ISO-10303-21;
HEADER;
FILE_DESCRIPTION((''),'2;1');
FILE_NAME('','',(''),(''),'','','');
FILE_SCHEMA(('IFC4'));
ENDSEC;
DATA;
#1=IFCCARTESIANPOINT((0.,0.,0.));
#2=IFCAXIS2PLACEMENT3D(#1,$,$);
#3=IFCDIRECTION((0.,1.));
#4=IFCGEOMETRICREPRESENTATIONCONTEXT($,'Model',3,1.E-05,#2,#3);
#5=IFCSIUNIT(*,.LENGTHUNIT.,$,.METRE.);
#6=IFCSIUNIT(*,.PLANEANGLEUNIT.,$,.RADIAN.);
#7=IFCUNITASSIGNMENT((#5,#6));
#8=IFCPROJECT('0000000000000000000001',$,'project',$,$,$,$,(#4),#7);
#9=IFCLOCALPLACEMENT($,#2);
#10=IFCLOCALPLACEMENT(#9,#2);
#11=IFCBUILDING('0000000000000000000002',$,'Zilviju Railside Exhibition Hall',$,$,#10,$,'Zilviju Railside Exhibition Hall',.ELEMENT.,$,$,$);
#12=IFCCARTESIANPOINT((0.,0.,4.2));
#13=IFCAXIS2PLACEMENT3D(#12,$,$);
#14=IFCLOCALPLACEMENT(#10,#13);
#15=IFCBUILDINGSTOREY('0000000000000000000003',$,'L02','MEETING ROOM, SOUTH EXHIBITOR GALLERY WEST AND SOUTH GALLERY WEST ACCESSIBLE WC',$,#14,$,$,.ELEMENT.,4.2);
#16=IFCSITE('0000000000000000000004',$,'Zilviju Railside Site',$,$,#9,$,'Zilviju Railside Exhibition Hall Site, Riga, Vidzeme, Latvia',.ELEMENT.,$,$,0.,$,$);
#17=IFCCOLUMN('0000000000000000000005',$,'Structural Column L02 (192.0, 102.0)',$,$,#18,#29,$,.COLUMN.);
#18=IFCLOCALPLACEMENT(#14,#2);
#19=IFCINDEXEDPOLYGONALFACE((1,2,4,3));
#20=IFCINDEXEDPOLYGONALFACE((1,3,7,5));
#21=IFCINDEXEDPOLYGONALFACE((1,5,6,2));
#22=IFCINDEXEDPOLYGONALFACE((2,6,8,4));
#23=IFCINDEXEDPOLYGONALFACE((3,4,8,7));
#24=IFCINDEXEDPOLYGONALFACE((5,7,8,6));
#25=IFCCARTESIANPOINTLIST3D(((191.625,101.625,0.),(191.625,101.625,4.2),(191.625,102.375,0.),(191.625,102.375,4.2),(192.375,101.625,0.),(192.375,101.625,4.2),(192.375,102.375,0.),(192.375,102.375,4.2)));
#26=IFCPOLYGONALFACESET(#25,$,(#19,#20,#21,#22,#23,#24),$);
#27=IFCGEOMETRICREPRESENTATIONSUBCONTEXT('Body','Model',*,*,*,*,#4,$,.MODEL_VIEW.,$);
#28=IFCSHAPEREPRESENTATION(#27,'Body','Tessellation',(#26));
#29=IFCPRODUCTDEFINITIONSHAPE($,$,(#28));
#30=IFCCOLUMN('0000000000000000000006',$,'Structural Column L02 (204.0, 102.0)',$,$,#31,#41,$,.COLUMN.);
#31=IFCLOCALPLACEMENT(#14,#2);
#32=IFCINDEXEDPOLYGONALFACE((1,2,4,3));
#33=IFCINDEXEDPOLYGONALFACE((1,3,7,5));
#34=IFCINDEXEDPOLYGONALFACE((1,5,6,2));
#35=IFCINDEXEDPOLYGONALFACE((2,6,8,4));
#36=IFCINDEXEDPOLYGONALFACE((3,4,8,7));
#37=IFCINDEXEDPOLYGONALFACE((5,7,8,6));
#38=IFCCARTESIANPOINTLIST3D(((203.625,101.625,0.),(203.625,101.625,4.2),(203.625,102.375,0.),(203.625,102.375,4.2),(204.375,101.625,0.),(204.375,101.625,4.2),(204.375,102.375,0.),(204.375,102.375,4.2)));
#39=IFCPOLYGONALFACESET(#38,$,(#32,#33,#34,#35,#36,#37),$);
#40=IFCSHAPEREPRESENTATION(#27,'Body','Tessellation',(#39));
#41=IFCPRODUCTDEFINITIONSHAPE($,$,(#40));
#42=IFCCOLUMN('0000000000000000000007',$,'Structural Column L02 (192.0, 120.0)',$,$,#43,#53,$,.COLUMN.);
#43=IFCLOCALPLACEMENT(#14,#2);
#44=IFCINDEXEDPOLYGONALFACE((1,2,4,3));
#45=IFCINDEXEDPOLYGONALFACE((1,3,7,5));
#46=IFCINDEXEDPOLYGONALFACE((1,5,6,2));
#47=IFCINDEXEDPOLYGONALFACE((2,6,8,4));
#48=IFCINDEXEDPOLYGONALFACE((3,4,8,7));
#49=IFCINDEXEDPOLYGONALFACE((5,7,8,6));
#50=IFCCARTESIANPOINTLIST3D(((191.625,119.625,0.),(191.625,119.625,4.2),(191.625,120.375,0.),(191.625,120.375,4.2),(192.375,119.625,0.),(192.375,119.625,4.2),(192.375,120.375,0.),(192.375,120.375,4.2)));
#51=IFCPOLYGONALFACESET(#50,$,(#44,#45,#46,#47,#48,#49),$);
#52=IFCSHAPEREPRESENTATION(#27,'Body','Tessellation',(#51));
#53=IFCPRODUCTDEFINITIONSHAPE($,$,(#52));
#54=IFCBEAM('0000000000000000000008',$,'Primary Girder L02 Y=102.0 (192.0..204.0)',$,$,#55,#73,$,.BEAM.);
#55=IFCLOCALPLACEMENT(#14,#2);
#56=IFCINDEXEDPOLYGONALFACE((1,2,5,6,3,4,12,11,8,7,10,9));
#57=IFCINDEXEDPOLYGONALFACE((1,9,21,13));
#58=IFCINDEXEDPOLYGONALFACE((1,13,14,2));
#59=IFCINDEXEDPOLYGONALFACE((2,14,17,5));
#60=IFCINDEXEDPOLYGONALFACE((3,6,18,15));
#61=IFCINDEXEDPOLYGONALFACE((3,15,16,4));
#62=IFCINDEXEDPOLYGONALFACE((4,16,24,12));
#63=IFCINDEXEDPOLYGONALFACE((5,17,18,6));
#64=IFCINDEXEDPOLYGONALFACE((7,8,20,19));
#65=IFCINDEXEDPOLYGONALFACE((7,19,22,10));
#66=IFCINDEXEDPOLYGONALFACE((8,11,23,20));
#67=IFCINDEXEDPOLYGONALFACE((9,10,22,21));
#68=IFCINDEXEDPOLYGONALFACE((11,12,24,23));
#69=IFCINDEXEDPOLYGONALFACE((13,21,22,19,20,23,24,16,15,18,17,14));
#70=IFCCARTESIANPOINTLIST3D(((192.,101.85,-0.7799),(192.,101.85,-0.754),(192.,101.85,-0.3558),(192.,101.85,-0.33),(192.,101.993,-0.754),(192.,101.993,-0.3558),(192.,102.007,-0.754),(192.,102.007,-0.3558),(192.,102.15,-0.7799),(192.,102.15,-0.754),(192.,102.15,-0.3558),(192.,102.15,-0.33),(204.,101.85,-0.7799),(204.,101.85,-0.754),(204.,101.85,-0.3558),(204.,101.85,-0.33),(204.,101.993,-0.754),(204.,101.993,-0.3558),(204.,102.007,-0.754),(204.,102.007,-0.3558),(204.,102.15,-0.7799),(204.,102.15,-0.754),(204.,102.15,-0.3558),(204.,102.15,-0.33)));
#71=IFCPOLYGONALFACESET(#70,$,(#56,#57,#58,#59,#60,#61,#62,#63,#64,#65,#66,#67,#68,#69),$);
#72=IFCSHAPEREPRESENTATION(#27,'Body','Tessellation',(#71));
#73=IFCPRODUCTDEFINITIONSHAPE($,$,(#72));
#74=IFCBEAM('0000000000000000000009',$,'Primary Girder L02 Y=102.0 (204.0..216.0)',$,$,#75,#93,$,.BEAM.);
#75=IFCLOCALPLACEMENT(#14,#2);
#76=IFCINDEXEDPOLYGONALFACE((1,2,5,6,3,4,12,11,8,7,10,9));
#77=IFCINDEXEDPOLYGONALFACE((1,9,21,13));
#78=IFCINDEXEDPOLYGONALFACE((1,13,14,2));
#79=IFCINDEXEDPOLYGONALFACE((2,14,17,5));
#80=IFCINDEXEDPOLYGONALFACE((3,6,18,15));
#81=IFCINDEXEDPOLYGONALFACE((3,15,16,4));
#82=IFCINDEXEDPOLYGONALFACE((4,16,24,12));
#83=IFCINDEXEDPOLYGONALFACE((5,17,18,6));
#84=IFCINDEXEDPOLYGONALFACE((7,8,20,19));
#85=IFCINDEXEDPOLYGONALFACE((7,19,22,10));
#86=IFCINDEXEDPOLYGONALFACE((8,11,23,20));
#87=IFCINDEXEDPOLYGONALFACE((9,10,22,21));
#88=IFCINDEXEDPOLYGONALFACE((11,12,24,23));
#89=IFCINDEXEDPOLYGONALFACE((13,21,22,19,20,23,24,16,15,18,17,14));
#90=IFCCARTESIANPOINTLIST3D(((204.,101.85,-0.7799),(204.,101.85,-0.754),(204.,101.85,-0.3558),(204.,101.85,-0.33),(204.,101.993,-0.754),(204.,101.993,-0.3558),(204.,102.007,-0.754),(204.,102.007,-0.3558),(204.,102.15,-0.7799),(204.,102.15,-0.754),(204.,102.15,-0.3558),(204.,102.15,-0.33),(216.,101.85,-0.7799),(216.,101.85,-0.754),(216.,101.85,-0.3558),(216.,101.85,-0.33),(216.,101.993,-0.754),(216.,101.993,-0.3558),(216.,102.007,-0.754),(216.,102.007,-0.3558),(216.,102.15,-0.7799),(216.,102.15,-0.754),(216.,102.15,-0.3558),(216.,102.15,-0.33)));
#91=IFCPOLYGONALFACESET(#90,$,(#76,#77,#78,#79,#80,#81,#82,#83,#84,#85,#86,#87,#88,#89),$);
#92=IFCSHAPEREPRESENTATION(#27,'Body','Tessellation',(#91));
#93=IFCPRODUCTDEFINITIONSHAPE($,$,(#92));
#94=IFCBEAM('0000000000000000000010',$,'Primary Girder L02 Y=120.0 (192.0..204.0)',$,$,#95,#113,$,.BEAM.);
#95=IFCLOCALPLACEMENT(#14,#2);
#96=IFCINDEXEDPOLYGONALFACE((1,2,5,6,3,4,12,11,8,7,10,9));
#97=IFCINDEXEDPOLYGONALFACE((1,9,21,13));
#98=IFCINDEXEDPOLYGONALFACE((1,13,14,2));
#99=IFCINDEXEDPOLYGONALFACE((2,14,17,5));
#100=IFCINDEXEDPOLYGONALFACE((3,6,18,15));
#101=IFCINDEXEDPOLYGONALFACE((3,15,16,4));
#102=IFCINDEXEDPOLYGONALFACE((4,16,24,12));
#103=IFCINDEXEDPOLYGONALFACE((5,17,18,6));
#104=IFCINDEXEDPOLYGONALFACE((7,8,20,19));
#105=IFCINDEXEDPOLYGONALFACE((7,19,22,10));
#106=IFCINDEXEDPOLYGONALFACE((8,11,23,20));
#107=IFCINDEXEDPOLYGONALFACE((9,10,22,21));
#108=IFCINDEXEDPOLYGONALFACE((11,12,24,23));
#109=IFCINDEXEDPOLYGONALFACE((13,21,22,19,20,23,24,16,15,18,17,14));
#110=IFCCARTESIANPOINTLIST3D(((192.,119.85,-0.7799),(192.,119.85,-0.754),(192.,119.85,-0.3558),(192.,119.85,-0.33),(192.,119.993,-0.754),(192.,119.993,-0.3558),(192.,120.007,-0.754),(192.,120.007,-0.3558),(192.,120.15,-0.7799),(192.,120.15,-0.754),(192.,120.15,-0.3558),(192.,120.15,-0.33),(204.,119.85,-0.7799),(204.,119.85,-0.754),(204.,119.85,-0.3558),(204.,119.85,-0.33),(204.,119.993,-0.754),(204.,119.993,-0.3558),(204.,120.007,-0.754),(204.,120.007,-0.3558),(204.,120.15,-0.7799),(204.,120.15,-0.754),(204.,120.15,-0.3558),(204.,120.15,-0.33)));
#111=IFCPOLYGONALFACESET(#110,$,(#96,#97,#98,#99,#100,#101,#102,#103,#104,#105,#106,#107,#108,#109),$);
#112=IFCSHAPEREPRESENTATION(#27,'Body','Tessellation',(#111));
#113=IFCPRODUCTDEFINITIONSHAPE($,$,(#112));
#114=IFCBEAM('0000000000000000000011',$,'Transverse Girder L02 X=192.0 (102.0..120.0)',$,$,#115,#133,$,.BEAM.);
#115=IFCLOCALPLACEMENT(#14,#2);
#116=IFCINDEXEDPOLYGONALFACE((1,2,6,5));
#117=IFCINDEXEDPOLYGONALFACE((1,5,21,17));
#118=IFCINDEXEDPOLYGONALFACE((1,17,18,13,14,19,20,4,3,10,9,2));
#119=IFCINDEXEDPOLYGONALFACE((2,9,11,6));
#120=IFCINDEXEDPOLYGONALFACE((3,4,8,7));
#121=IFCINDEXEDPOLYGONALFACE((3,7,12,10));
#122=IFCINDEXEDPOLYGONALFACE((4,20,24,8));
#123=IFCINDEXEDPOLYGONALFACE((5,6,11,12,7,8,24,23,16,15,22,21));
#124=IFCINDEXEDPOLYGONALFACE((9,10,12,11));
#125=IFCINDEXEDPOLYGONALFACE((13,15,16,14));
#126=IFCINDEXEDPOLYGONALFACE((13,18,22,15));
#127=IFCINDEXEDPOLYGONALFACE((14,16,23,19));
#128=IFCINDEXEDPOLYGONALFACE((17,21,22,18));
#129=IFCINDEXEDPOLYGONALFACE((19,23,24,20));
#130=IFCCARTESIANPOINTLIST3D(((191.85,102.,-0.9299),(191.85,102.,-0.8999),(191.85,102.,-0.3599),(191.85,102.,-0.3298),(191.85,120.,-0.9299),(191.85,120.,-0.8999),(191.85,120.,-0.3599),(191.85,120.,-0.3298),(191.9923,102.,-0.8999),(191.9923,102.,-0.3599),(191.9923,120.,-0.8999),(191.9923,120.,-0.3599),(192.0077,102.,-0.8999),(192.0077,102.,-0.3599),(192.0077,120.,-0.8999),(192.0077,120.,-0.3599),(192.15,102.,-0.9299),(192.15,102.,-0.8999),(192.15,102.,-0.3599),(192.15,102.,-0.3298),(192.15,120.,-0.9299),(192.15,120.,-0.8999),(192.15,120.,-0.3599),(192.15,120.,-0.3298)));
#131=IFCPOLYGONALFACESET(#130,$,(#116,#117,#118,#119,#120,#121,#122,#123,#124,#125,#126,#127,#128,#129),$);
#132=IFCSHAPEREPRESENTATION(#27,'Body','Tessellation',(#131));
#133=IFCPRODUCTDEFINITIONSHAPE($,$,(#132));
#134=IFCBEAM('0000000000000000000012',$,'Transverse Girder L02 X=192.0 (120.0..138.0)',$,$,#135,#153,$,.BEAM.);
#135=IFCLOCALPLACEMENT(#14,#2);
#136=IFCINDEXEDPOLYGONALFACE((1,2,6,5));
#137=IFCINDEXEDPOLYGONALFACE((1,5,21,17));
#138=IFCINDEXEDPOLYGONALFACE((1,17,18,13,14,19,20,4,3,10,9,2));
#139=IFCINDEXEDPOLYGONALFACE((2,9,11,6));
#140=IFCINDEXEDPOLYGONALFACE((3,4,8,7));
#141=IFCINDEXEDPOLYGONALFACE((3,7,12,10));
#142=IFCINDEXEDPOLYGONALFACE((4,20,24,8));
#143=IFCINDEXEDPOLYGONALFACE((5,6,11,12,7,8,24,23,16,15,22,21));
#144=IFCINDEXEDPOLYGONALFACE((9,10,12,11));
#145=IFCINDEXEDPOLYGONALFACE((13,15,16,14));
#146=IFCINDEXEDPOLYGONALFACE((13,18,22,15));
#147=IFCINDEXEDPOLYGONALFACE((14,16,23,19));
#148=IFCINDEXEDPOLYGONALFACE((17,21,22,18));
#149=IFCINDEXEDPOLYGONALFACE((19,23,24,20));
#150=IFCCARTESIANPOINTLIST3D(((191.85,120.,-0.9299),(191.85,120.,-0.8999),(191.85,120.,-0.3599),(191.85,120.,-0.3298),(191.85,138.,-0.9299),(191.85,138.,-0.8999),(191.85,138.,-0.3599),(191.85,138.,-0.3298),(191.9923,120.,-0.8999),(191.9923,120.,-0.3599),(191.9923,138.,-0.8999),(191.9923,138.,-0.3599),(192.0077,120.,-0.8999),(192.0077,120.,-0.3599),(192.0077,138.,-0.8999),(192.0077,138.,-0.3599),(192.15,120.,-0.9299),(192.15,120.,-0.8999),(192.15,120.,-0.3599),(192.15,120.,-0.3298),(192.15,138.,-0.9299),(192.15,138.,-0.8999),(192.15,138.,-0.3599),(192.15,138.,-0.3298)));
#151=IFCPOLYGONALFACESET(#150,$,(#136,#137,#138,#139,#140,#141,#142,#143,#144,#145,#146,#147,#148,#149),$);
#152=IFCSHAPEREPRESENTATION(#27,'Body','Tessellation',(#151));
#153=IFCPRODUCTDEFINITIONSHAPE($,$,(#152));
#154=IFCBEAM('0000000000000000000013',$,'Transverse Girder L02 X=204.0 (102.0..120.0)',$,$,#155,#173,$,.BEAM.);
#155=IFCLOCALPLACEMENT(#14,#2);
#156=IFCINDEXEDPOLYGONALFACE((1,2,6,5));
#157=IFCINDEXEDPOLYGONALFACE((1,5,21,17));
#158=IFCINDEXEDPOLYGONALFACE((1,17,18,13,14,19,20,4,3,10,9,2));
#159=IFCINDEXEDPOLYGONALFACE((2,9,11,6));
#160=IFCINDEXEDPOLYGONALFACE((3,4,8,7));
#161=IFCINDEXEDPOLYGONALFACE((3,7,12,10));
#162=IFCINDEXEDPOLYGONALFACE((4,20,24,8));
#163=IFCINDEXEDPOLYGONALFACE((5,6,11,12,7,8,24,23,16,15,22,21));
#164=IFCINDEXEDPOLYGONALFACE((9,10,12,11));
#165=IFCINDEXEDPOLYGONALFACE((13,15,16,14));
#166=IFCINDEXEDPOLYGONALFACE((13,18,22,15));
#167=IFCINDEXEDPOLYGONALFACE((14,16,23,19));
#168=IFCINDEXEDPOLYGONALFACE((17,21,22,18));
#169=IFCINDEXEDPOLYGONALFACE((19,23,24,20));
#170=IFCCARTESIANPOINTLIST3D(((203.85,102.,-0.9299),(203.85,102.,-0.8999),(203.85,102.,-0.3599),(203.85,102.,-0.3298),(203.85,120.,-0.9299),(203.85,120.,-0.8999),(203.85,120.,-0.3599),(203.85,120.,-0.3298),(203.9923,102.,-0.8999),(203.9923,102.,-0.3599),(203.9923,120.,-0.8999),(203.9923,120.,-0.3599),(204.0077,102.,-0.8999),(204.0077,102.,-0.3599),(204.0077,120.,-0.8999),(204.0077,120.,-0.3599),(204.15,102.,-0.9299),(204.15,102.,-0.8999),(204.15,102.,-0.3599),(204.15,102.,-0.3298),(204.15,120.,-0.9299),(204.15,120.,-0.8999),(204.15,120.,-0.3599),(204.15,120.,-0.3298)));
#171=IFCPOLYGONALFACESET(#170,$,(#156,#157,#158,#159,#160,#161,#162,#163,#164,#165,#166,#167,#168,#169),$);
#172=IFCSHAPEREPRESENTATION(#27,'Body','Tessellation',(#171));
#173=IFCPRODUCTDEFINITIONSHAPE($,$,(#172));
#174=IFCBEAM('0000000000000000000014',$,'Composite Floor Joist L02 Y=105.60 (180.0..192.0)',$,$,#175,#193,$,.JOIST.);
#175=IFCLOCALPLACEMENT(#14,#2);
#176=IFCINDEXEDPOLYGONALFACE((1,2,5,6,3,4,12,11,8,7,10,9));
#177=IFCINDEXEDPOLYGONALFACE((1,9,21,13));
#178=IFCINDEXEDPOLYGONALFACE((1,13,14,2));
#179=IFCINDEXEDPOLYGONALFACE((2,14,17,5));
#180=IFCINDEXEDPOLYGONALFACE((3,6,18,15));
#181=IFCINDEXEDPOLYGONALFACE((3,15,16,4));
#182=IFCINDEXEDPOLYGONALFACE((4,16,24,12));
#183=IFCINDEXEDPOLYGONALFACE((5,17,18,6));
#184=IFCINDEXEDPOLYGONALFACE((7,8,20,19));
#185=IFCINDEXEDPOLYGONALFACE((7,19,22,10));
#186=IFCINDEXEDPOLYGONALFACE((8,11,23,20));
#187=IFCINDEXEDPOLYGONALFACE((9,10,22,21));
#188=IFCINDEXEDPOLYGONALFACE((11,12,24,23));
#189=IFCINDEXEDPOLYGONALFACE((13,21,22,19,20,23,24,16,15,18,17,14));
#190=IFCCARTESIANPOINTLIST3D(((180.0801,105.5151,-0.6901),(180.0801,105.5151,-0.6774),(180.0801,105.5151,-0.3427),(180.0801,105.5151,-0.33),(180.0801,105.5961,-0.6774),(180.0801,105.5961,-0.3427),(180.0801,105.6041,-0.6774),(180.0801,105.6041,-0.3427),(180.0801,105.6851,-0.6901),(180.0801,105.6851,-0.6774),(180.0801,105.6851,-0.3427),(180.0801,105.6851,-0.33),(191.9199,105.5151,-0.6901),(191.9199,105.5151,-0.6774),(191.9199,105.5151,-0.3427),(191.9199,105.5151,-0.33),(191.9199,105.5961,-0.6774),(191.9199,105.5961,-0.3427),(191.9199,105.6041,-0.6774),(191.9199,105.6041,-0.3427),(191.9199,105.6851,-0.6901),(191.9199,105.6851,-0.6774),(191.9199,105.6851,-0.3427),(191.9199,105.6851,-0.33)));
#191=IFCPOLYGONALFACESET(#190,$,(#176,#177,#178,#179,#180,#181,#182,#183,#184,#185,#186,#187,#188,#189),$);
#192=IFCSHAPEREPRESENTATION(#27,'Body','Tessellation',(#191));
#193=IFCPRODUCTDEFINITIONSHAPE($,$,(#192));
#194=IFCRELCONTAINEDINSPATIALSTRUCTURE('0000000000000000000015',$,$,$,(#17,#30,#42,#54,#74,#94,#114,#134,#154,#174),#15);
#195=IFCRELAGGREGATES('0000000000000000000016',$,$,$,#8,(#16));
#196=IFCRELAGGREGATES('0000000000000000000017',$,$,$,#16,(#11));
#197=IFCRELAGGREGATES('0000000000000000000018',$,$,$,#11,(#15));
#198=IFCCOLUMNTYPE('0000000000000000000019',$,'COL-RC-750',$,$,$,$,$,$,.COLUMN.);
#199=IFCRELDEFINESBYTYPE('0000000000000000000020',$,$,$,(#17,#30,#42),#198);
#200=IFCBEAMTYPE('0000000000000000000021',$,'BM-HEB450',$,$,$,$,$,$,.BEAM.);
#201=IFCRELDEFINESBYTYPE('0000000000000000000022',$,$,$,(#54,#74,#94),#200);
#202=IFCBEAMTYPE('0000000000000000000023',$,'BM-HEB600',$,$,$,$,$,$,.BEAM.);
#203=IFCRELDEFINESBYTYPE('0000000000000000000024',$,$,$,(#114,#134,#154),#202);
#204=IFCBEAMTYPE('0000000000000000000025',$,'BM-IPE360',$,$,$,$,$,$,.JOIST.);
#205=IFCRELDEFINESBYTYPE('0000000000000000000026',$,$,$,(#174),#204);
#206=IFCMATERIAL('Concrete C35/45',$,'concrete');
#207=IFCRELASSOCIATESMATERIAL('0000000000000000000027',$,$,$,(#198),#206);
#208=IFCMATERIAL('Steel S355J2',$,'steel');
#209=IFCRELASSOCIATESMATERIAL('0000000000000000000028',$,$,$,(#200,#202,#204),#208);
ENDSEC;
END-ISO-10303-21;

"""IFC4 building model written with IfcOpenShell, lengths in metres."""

from ifc_helpers import new_model, si_unit, direction, frame, origin, origin_2d, place, context, subcontext, project, spatial, rectangle, i_section, extrude, material, material_profile, profile_set, type_object, element, save


model = new_model("IFC4")

# Units and contexts
model_context = context("Model", 3, precision=1e-05, world=origin(), true_north=direction((0.0, 1.0)))
body_context = subcontext(model_context, "Body", "Model", "MODEL_VIEW")
ifc_project = project(units=[si_unit("LENGTHUNIT", "METRE"), si_unit("PLANEANGLEUNIT", "RADIAN")], contexts=[model_context])

# Site, building, storey
site_placement = place(None, origin())
site = spatial("IfcSite", under=ifc_project, at=site_placement, Name="Zilviju Railside Site", LongName="Zilviju Railside Exhibition Hall Site, Riga, Vidzeme, Latvia", CompositionType="ELEMENT", RefElevation=0.0)
building_placement = place(site_placement, origin())
building = spatial("IfcBuilding", under=site, at=building_placement, Name="Zilviju Railside Exhibition Hall", LongName="Zilviju Railside Exhibition Hall", CompositionType="ELEMENT")
storey_placement = place(building_placement, frame((0.0, 0.0, 4.2)))
storey = spatial("IfcBuildingStorey", under=building, at=storey_placement, Name="L02", Description="MEETING ROOM, SOUTH EXHIBITOR GALLERY WEST AND SOUTH GALLERY WEST ACCESSIBLE WC", CompositionType="ELEMENT", Elevation=4.2)

# Columns
ifc_material_1 = material(Name="Concrete C35/45", Category="concrete")
ifc_material_profile_1 = material_profile(ifc_material_1, rectangle(XDim=0.75, YDim=0.75, at=origin_2d()), Name="RC COL 750x750")
ifc_profile_set_1 = profile_set([ifc_material_profile_1], Name="Concrete C35/45")
column_type = type_object("IfcColumnType", Name="COL-RC-750", PredefinedType="COLUMN", material=ifc_profile_set_1)
for number, where, z_axis, x_axis, name in (
    (1, (192.0, 102.0, 0.0), (0.0, 0.0, 1.0), (1.0, 0.0, 0.0), "Structural Column L02 (192.0, 102.0)"),
    (2, (204.0, 102.0, 0.0), (0.0, 0.0, 1.0), (1.0, 0.0, 0.0), "Structural Column L02 (204.0, 102.0)"),
    (3, (192.0, 120.0, 0.0), (0.0, 0.0, 1.0), (1.0, 0.0, 0.0), "Structural Column L02 (192.0, 120.0)"),
):
    element("IfcColumn", number, at=place(storey_placement, frame(where, z_axis=z_axis, x_axis=x_axis)), inside=storey, type_object=column_type, Name=name, PredefinedType="COLUMN", context=body_context, shape_type="SweptSolid", body=[
        extrude(rectangle(XDim=0.75, YDim=0.75, at=origin_2d()), origin(), (0.0, 0.0, 1.0), 4.2),
    ])

# Beams
ifc_material_2 = material(Name="Steel S355J2", Category="steel")
ifc_material_profile_2 = material_profile(ifc_material_2, i_section(OverallWidth=0.3, OverallDepth=0.45, WebThickness=0.0139, FlangeThickness=0.0259, at=origin_2d()), Name="HEB 450")
ifc_profile_set_2 = profile_set([ifc_material_profile_2], Name="Steel S355J2")
beam_type_1 = type_object("IfcBeamType", Name="BM-HEB450", PredefinedType="BEAM", material=ifc_profile_set_2)
for number, where, z_axis, x_axis, name in (
    (4, (192.0, 102.0, -0.5549), (1.0, 0.0, 0.0), (0.0, 1.0, 0.0), "Primary Girder L02 Y=102.0 (192.0..204.0)"),
    (5, (204.0, 102.0, -0.5549), (1.0, 0.0, 0.0), (0.0, 1.0, 0.0), "Primary Girder L02 Y=102.0 (204.0..216.0)"),
    (6, (192.0, 120.0, -0.5549), (1.0, 0.0, 0.0), (0.0, 1.0, 0.0), "Primary Girder L02 Y=120.0 (192.0..204.0)"),
):
    element("IfcBeam", number, at=place(storey_placement, frame(where, z_axis=z_axis, x_axis=x_axis)), inside=storey, type_object=beam_type_1, Name=name, PredefinedType="BEAM", context=body_context, shape_type="SweptSolid", body=[
        extrude(i_section(OverallWidth=0.3, OverallDepth=0.45, WebThickness=0.0139, FlangeThickness=0.0259, at=origin_2d()), origin(), (0.0, 0.0, 1.0), 12.0),
    ])
ifc_material_profile_3 = material_profile(ifc_material_2, i_section(OverallWidth=0.3, OverallDepth=0.6001, WebThickness=0.0154, FlangeThickness=0.03, at=origin_2d()), Name="HEB 600")
ifc_profile_set_3 = profile_set([ifc_material_profile_3], Name="Steel S355J2")
beam_type_2 = type_object("IfcBeamType", Name="BM-HEB600", PredefinedType="BEAM", material=ifc_profile_set_3)
for number, where, z_axis, x_axis, name in (
    (7, (192.0, 102.0, -0.6299), (0.0, 1.0, 0.0), (-1.0, 0.0, 0.0), "Transverse Girder L02 X=192.0 (102.0..120.0)"),
    (8, (192.0, 120.0, -0.6299), (0.0, 1.0, 0.0), (-1.0, 0.0, 0.0), "Transverse Girder L02 X=192.0 (120.0..138.0)"),
    (9, (204.0, 102.0, -0.6299), (0.0, 1.0, 0.0), (-1.0, 0.0, 0.0), "Transverse Girder L02 X=204.0 (102.0..120.0)"),
):
    element("IfcBeam", number, at=place(storey_placement, frame(where, z_axis=z_axis, x_axis=x_axis)), inside=storey, type_object=beam_type_2, Name=name, PredefinedType="BEAM", context=body_context, shape_type="SweptSolid", body=[
        extrude(i_section(OverallWidth=0.3, OverallDepth=0.6001, WebThickness=0.0154, FlangeThickness=0.03, at=origin_2d()), origin(), (0.0, 0.0, 1.0), 18.0),
    ])
ifc_material_profile_4 = material_profile(ifc_material_2, i_section(OverallWidth=0.1699, OverallDepth=0.3601, WebThickness=0.0081, FlangeThickness=0.0127, at=origin_2d()), Name="IPE 360")
ifc_profile_set_4 = profile_set([ifc_material_profile_4], Name="Steel S355J2")
beam_type_3 = type_object("IfcBeamType", Name="BM-IPE360", PredefinedType="JOIST", material=ifc_profile_set_4)
for number, where, z_axis, x_axis, name in (
    (10, (180.0801, 105.6001, -0.51), (1.0, 0.0, 0.0), (0.0, 1.0, 0.0), "Composite Floor Joist L02 Y=105.60 (180.0..192.0)"),
):
    element("IfcBeam", number, at=place(storey_placement, frame(where, z_axis=z_axis, x_axis=x_axis)), inside=storey, type_object=beam_type_3, Name=name, PredefinedType="JOIST", context=body_context, shape_type="SweptSolid", body=[
        extrude(i_section(OverallWidth=0.1699, OverallDepth=0.3601, WebThickness=0.0081, FlangeThickness=0.0127, at=origin_2d()), origin(), (0.0, 0.0, 1.0), 11.8398),
    ])

save(model, "model.ifc")
